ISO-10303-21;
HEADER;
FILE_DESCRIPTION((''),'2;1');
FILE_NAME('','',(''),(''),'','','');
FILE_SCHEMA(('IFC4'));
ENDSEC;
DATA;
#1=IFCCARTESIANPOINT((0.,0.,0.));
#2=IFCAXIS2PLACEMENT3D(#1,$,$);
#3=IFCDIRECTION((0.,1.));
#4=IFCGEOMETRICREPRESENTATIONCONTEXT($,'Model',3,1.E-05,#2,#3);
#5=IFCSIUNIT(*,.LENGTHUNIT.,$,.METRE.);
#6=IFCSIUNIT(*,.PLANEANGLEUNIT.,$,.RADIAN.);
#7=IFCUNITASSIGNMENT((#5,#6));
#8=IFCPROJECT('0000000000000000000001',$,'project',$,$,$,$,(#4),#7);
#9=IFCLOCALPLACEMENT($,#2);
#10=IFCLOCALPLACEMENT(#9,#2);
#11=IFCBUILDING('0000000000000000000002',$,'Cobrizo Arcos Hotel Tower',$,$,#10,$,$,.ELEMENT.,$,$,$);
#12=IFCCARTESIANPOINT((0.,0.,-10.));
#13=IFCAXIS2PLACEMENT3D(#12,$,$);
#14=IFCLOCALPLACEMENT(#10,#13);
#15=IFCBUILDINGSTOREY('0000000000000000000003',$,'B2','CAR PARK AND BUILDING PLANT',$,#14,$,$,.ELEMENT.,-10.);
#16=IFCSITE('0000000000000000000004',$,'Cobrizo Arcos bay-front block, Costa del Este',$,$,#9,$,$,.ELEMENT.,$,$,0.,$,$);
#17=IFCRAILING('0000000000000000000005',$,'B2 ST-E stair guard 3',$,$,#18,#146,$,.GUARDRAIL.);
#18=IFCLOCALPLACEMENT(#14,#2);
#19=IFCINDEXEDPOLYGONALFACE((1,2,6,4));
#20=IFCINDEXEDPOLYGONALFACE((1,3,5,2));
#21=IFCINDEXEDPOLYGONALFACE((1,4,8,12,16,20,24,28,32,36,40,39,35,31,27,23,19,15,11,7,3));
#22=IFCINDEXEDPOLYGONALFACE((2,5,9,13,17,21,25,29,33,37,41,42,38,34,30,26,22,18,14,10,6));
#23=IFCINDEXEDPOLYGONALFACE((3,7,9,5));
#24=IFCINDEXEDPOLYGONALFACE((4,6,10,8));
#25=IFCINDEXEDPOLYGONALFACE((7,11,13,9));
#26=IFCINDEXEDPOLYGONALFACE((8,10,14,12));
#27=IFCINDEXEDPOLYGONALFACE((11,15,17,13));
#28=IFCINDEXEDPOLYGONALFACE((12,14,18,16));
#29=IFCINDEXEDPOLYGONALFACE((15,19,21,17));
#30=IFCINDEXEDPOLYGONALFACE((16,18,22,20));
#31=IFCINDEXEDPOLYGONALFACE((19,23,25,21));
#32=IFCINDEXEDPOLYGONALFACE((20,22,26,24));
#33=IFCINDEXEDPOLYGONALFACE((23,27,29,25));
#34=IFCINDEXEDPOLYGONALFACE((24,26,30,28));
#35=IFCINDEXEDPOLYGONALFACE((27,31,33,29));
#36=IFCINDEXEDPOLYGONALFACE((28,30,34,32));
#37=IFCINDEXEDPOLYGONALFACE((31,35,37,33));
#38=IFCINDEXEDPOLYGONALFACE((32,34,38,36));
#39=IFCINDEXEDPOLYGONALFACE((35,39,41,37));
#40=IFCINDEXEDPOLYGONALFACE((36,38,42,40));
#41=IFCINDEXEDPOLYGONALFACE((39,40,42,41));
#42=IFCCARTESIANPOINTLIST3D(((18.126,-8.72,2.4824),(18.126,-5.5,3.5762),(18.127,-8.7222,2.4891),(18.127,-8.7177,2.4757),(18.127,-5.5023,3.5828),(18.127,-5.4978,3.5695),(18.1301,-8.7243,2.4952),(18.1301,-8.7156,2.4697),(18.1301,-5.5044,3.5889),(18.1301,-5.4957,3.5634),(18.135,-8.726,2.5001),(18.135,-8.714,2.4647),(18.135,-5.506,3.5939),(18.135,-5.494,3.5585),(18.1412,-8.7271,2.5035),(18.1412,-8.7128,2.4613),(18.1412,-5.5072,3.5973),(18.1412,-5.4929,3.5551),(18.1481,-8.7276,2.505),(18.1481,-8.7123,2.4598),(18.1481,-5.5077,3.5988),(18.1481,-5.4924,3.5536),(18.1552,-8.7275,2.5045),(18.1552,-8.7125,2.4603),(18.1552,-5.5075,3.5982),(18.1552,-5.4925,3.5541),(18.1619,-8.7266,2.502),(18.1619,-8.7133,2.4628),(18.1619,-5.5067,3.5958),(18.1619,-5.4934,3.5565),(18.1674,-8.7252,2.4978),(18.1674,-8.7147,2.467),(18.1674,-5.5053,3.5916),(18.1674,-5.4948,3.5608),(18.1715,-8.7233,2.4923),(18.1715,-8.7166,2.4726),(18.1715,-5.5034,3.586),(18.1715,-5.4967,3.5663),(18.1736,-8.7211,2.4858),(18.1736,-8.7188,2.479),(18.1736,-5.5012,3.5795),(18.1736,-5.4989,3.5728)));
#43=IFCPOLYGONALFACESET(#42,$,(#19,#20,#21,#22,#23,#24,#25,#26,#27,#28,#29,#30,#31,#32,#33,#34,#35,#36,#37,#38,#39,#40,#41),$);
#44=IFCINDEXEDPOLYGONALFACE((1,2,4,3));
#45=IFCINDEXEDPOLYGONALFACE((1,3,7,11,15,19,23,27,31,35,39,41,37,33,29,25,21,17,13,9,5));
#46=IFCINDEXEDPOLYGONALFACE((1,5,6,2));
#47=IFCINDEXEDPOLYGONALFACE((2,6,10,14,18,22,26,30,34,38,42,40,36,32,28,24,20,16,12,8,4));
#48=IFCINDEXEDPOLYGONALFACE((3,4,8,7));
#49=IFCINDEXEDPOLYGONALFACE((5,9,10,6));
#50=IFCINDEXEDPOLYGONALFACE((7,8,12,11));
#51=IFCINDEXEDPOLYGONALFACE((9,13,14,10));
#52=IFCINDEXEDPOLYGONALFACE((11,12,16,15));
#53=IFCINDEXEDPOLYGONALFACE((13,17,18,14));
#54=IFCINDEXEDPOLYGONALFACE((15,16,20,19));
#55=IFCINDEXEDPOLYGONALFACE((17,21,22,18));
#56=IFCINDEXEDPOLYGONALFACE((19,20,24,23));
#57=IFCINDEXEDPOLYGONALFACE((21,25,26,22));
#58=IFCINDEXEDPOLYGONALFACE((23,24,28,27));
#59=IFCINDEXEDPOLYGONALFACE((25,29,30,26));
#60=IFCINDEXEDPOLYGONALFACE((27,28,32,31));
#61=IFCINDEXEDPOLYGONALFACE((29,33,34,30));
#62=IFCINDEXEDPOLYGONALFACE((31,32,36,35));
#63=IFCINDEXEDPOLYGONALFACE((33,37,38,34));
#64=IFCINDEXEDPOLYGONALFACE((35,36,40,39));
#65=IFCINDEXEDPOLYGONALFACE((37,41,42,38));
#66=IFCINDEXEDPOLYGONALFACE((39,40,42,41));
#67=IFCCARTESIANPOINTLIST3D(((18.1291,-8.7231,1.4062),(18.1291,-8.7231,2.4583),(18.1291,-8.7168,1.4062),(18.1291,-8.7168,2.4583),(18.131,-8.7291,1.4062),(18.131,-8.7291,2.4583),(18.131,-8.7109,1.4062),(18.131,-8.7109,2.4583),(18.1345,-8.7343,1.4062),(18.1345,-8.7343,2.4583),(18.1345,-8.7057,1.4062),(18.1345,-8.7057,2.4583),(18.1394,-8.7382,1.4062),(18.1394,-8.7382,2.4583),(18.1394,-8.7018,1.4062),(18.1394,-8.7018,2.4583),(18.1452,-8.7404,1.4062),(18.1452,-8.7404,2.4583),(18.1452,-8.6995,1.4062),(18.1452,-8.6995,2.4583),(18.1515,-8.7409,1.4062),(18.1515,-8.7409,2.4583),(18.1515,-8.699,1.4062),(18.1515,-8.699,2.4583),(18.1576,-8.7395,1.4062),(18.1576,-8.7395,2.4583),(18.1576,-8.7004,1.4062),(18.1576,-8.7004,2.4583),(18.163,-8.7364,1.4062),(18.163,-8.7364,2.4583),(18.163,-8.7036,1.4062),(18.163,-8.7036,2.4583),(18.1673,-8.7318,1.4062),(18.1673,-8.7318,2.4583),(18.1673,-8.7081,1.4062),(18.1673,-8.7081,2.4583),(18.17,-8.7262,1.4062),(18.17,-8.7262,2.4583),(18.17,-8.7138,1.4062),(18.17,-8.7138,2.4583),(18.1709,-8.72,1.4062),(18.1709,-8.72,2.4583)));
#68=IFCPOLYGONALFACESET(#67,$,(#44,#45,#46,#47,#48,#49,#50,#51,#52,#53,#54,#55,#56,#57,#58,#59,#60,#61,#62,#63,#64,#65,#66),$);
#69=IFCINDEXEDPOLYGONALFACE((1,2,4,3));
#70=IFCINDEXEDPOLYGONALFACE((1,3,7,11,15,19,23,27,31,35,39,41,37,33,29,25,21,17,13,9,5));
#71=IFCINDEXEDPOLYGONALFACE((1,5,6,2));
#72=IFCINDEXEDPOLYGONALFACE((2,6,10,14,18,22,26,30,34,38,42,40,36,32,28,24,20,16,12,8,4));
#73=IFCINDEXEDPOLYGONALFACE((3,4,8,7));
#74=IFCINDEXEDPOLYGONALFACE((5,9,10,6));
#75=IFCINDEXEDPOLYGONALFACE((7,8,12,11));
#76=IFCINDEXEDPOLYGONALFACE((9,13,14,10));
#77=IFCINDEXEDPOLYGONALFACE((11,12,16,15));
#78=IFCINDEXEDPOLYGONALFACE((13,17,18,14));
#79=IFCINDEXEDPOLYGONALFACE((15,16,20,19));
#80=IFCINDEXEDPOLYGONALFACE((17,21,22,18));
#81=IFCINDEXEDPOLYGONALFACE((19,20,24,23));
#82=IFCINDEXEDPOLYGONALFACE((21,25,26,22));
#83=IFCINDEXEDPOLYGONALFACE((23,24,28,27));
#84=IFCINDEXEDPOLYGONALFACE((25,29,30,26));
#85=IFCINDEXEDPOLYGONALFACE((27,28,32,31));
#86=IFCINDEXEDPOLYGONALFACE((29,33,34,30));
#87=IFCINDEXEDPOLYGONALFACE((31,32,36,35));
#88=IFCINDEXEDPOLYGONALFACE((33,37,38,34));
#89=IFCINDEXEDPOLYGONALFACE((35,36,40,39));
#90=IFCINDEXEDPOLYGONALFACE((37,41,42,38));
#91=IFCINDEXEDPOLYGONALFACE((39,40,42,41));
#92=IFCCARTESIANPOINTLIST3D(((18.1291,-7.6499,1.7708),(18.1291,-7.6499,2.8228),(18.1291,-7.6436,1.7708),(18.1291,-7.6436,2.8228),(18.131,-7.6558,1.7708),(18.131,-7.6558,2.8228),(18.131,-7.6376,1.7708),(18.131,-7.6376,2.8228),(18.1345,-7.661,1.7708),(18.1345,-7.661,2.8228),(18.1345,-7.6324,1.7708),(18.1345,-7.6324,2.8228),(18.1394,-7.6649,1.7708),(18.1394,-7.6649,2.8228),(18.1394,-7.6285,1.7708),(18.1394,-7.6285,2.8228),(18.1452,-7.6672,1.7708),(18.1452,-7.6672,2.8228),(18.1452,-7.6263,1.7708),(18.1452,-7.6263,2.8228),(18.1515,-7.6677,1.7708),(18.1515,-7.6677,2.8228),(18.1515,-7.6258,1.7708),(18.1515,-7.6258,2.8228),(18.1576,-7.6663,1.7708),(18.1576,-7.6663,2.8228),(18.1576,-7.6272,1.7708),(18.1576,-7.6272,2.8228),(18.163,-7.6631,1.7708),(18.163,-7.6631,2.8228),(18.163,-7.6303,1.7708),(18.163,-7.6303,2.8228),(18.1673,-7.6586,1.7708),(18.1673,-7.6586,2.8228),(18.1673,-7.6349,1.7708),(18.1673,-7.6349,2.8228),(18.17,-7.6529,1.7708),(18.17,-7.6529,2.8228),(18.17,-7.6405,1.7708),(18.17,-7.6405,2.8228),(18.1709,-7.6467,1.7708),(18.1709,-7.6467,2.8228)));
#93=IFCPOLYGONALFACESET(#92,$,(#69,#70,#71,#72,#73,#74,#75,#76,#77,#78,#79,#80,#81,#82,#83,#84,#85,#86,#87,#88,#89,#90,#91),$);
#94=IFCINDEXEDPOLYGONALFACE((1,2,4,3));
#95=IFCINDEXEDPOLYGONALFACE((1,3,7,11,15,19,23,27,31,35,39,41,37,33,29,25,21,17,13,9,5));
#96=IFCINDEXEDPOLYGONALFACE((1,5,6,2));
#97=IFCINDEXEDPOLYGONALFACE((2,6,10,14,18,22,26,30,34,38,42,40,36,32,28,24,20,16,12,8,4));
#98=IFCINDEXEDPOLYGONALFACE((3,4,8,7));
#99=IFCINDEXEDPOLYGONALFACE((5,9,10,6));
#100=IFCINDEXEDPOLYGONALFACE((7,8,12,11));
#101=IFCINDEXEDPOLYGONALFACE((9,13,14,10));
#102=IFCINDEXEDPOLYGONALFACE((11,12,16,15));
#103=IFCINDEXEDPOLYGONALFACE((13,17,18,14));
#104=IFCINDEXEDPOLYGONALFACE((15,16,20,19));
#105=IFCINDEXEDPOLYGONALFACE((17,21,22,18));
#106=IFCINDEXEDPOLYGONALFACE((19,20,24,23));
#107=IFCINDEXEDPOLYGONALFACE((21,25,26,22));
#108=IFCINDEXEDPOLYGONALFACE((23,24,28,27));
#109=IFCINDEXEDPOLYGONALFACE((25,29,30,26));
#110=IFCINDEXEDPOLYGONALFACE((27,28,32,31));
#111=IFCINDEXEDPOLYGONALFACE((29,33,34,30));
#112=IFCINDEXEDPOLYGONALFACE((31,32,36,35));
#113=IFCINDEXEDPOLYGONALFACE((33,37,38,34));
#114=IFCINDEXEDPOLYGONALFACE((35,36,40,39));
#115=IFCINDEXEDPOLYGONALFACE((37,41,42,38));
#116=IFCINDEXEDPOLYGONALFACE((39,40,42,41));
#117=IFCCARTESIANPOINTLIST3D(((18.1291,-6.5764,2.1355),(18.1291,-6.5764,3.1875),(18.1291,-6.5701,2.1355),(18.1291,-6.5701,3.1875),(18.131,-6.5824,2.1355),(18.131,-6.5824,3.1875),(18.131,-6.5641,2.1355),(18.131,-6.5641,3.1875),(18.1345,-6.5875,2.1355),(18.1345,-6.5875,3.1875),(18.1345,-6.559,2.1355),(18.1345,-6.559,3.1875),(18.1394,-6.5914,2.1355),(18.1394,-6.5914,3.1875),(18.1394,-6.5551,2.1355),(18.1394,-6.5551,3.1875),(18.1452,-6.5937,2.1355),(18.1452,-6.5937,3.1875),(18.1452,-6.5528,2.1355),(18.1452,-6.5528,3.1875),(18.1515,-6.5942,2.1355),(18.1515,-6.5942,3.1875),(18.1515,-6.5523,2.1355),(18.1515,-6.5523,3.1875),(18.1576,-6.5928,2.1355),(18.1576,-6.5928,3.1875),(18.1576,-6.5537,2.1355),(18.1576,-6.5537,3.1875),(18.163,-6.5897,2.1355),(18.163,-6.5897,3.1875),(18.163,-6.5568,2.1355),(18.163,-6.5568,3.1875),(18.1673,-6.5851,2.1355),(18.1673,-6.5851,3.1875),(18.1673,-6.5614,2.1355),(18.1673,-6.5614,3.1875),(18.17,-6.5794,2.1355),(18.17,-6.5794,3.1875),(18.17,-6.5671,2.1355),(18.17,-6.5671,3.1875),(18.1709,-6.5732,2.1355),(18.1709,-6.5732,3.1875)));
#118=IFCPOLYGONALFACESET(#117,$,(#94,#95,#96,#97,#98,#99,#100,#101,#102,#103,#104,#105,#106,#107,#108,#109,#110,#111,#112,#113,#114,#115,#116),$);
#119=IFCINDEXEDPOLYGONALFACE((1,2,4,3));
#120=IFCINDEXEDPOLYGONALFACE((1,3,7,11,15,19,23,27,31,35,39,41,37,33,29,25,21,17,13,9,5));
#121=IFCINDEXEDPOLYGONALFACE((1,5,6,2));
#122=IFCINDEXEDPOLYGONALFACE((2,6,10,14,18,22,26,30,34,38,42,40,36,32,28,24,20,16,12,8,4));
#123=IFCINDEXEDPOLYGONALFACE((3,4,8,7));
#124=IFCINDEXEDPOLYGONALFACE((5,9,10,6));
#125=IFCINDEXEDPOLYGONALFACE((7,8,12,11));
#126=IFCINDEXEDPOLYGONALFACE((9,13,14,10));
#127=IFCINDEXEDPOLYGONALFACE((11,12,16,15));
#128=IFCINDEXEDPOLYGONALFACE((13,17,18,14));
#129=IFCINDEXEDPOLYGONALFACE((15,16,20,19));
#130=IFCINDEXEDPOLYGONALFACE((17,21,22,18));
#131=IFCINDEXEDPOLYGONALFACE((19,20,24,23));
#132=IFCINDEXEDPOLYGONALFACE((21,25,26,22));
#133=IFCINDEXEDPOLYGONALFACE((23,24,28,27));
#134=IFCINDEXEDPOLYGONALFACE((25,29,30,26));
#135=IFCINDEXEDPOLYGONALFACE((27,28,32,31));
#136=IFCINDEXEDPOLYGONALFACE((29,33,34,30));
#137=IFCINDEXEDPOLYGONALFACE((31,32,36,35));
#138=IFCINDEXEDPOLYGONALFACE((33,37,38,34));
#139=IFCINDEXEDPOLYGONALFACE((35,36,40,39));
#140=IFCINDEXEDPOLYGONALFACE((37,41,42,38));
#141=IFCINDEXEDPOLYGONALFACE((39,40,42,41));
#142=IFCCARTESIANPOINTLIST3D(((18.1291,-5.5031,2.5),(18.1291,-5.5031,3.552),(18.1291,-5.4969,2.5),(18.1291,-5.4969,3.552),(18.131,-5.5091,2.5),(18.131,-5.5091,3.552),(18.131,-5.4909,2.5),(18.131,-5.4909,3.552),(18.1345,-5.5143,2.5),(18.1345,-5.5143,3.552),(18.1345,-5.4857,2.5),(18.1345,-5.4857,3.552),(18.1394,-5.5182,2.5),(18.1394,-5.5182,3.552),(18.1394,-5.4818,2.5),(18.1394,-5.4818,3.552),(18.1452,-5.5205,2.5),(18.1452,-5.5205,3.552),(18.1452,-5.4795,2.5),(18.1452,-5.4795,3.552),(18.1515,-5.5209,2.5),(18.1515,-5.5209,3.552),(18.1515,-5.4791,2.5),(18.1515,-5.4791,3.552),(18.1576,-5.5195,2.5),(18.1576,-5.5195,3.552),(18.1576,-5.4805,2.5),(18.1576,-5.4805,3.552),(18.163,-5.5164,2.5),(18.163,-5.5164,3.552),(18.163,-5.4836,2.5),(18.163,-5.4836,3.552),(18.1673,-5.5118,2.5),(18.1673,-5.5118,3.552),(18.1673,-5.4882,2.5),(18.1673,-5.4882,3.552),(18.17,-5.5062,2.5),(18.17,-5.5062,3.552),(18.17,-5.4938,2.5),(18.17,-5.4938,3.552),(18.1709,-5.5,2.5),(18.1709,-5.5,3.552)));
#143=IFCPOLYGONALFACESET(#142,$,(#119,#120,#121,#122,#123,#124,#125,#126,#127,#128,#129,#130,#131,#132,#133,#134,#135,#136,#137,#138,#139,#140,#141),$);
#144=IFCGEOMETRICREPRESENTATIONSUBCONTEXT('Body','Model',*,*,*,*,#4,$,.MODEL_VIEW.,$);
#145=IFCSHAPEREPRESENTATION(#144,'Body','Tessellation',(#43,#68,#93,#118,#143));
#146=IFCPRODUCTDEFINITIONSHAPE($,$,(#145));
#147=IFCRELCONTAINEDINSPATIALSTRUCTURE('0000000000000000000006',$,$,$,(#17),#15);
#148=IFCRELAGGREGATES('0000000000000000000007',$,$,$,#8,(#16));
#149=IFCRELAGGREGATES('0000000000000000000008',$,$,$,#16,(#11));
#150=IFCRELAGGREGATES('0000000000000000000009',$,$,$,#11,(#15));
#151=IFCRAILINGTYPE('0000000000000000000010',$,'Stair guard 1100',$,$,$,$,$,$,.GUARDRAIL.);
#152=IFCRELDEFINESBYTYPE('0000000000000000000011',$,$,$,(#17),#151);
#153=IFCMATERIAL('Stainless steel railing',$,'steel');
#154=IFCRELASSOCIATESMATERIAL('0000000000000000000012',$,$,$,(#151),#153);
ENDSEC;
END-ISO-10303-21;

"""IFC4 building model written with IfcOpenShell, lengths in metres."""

from ifc_helpers import new_model, si_unit, direction, frame, origin, origin_2d, place, context, subcontext, project, spatial, circle, extrude, material, type_object, element, save


model = new_model("IFC4")

# Units and contexts
model_context = context("Model", 3, precision=1e-05, world=origin(), true_north=direction((0.0, 1.0)))
body_context = subcontext(model_context, "Body", "Model", "MODEL_VIEW")
ifc_project = project(units=[si_unit("LENGTHUNIT", "METRE"), si_unit("PLANEANGLEUNIT", "RADIAN")], contexts=[model_context])

# Site, building, storey
site_placement = place(None, origin())
site = spatial("IfcSite", under=ifc_project, at=site_placement, Name="Cobrizo Arcos bay-front block, Costa del Este", CompositionType="ELEMENT", RefElevation=0.0)
building_placement = place(site_placement, origin())
building = spatial("IfcBuilding", under=site, at=building_placement, Name="Cobrizo Arcos Hotel Tower", CompositionType="ELEMENT")
storey_placement = place(building_placement, frame((0.0, 0.0, -10.0)))
storey = spatial("IfcBuildingStorey", under=building, at=storey_placement, Name="B2", Description="CAR PARK AND BUILDING PLANT", CompositionType="ELEMENT", Elevation=-10.0)

# Railing
ifc_material_1 = material(Name="Stainless steel railing", Category="steel")
railing_type_1 = type_object("IfcRailingType", Name="Stair guard 1100", PredefinedType="GUARDRAIL", material=ifc_material_1)
railing_1_placement = place(storey_placement, frame((18.1499, -8.72, 1.4062)))
element("IfcRailing", 1, at=railing_1_placement, inside=storey, type_object=railing_type_1, Name="B2 ST-E stair guard 3", PredefinedType="GUARDRAIL", context=body_context, shape_type="SweptSolid", body=[
    extrude(circle(Radius=0.0239, at=origin_2d()), frame((0.0, 0.0, 1.0762), z_axis=(0.0, 0.946866, 0.321629), x_axis=(-1.0, 0.0, 0.0)), (0.0, 0.0, 1.0), 3.4006),
    extrude(circle(Radius=0.021, at=origin_2d()), origin(), (0.0, 0.0, 1.0), 1.052),
    extrude(circle(Radius=0.021, at=origin_2d()), frame((0.0, 1.0732, 0.3645)), (0.0, 0.0, 1.0), 1.052),
    extrude(circle(Radius=0.021, at=origin_2d()), frame((0.0, 2.1467, 0.7292)), (0.0, 0.0, 1.0), 1.052),
    extrude(circle(Radius=0.021, at=origin_2d()), frame((0.0, 3.22, 1.0938)), (0.0, 0.0, 1.0), 1.052),
])

save(model, "model.ifc")
